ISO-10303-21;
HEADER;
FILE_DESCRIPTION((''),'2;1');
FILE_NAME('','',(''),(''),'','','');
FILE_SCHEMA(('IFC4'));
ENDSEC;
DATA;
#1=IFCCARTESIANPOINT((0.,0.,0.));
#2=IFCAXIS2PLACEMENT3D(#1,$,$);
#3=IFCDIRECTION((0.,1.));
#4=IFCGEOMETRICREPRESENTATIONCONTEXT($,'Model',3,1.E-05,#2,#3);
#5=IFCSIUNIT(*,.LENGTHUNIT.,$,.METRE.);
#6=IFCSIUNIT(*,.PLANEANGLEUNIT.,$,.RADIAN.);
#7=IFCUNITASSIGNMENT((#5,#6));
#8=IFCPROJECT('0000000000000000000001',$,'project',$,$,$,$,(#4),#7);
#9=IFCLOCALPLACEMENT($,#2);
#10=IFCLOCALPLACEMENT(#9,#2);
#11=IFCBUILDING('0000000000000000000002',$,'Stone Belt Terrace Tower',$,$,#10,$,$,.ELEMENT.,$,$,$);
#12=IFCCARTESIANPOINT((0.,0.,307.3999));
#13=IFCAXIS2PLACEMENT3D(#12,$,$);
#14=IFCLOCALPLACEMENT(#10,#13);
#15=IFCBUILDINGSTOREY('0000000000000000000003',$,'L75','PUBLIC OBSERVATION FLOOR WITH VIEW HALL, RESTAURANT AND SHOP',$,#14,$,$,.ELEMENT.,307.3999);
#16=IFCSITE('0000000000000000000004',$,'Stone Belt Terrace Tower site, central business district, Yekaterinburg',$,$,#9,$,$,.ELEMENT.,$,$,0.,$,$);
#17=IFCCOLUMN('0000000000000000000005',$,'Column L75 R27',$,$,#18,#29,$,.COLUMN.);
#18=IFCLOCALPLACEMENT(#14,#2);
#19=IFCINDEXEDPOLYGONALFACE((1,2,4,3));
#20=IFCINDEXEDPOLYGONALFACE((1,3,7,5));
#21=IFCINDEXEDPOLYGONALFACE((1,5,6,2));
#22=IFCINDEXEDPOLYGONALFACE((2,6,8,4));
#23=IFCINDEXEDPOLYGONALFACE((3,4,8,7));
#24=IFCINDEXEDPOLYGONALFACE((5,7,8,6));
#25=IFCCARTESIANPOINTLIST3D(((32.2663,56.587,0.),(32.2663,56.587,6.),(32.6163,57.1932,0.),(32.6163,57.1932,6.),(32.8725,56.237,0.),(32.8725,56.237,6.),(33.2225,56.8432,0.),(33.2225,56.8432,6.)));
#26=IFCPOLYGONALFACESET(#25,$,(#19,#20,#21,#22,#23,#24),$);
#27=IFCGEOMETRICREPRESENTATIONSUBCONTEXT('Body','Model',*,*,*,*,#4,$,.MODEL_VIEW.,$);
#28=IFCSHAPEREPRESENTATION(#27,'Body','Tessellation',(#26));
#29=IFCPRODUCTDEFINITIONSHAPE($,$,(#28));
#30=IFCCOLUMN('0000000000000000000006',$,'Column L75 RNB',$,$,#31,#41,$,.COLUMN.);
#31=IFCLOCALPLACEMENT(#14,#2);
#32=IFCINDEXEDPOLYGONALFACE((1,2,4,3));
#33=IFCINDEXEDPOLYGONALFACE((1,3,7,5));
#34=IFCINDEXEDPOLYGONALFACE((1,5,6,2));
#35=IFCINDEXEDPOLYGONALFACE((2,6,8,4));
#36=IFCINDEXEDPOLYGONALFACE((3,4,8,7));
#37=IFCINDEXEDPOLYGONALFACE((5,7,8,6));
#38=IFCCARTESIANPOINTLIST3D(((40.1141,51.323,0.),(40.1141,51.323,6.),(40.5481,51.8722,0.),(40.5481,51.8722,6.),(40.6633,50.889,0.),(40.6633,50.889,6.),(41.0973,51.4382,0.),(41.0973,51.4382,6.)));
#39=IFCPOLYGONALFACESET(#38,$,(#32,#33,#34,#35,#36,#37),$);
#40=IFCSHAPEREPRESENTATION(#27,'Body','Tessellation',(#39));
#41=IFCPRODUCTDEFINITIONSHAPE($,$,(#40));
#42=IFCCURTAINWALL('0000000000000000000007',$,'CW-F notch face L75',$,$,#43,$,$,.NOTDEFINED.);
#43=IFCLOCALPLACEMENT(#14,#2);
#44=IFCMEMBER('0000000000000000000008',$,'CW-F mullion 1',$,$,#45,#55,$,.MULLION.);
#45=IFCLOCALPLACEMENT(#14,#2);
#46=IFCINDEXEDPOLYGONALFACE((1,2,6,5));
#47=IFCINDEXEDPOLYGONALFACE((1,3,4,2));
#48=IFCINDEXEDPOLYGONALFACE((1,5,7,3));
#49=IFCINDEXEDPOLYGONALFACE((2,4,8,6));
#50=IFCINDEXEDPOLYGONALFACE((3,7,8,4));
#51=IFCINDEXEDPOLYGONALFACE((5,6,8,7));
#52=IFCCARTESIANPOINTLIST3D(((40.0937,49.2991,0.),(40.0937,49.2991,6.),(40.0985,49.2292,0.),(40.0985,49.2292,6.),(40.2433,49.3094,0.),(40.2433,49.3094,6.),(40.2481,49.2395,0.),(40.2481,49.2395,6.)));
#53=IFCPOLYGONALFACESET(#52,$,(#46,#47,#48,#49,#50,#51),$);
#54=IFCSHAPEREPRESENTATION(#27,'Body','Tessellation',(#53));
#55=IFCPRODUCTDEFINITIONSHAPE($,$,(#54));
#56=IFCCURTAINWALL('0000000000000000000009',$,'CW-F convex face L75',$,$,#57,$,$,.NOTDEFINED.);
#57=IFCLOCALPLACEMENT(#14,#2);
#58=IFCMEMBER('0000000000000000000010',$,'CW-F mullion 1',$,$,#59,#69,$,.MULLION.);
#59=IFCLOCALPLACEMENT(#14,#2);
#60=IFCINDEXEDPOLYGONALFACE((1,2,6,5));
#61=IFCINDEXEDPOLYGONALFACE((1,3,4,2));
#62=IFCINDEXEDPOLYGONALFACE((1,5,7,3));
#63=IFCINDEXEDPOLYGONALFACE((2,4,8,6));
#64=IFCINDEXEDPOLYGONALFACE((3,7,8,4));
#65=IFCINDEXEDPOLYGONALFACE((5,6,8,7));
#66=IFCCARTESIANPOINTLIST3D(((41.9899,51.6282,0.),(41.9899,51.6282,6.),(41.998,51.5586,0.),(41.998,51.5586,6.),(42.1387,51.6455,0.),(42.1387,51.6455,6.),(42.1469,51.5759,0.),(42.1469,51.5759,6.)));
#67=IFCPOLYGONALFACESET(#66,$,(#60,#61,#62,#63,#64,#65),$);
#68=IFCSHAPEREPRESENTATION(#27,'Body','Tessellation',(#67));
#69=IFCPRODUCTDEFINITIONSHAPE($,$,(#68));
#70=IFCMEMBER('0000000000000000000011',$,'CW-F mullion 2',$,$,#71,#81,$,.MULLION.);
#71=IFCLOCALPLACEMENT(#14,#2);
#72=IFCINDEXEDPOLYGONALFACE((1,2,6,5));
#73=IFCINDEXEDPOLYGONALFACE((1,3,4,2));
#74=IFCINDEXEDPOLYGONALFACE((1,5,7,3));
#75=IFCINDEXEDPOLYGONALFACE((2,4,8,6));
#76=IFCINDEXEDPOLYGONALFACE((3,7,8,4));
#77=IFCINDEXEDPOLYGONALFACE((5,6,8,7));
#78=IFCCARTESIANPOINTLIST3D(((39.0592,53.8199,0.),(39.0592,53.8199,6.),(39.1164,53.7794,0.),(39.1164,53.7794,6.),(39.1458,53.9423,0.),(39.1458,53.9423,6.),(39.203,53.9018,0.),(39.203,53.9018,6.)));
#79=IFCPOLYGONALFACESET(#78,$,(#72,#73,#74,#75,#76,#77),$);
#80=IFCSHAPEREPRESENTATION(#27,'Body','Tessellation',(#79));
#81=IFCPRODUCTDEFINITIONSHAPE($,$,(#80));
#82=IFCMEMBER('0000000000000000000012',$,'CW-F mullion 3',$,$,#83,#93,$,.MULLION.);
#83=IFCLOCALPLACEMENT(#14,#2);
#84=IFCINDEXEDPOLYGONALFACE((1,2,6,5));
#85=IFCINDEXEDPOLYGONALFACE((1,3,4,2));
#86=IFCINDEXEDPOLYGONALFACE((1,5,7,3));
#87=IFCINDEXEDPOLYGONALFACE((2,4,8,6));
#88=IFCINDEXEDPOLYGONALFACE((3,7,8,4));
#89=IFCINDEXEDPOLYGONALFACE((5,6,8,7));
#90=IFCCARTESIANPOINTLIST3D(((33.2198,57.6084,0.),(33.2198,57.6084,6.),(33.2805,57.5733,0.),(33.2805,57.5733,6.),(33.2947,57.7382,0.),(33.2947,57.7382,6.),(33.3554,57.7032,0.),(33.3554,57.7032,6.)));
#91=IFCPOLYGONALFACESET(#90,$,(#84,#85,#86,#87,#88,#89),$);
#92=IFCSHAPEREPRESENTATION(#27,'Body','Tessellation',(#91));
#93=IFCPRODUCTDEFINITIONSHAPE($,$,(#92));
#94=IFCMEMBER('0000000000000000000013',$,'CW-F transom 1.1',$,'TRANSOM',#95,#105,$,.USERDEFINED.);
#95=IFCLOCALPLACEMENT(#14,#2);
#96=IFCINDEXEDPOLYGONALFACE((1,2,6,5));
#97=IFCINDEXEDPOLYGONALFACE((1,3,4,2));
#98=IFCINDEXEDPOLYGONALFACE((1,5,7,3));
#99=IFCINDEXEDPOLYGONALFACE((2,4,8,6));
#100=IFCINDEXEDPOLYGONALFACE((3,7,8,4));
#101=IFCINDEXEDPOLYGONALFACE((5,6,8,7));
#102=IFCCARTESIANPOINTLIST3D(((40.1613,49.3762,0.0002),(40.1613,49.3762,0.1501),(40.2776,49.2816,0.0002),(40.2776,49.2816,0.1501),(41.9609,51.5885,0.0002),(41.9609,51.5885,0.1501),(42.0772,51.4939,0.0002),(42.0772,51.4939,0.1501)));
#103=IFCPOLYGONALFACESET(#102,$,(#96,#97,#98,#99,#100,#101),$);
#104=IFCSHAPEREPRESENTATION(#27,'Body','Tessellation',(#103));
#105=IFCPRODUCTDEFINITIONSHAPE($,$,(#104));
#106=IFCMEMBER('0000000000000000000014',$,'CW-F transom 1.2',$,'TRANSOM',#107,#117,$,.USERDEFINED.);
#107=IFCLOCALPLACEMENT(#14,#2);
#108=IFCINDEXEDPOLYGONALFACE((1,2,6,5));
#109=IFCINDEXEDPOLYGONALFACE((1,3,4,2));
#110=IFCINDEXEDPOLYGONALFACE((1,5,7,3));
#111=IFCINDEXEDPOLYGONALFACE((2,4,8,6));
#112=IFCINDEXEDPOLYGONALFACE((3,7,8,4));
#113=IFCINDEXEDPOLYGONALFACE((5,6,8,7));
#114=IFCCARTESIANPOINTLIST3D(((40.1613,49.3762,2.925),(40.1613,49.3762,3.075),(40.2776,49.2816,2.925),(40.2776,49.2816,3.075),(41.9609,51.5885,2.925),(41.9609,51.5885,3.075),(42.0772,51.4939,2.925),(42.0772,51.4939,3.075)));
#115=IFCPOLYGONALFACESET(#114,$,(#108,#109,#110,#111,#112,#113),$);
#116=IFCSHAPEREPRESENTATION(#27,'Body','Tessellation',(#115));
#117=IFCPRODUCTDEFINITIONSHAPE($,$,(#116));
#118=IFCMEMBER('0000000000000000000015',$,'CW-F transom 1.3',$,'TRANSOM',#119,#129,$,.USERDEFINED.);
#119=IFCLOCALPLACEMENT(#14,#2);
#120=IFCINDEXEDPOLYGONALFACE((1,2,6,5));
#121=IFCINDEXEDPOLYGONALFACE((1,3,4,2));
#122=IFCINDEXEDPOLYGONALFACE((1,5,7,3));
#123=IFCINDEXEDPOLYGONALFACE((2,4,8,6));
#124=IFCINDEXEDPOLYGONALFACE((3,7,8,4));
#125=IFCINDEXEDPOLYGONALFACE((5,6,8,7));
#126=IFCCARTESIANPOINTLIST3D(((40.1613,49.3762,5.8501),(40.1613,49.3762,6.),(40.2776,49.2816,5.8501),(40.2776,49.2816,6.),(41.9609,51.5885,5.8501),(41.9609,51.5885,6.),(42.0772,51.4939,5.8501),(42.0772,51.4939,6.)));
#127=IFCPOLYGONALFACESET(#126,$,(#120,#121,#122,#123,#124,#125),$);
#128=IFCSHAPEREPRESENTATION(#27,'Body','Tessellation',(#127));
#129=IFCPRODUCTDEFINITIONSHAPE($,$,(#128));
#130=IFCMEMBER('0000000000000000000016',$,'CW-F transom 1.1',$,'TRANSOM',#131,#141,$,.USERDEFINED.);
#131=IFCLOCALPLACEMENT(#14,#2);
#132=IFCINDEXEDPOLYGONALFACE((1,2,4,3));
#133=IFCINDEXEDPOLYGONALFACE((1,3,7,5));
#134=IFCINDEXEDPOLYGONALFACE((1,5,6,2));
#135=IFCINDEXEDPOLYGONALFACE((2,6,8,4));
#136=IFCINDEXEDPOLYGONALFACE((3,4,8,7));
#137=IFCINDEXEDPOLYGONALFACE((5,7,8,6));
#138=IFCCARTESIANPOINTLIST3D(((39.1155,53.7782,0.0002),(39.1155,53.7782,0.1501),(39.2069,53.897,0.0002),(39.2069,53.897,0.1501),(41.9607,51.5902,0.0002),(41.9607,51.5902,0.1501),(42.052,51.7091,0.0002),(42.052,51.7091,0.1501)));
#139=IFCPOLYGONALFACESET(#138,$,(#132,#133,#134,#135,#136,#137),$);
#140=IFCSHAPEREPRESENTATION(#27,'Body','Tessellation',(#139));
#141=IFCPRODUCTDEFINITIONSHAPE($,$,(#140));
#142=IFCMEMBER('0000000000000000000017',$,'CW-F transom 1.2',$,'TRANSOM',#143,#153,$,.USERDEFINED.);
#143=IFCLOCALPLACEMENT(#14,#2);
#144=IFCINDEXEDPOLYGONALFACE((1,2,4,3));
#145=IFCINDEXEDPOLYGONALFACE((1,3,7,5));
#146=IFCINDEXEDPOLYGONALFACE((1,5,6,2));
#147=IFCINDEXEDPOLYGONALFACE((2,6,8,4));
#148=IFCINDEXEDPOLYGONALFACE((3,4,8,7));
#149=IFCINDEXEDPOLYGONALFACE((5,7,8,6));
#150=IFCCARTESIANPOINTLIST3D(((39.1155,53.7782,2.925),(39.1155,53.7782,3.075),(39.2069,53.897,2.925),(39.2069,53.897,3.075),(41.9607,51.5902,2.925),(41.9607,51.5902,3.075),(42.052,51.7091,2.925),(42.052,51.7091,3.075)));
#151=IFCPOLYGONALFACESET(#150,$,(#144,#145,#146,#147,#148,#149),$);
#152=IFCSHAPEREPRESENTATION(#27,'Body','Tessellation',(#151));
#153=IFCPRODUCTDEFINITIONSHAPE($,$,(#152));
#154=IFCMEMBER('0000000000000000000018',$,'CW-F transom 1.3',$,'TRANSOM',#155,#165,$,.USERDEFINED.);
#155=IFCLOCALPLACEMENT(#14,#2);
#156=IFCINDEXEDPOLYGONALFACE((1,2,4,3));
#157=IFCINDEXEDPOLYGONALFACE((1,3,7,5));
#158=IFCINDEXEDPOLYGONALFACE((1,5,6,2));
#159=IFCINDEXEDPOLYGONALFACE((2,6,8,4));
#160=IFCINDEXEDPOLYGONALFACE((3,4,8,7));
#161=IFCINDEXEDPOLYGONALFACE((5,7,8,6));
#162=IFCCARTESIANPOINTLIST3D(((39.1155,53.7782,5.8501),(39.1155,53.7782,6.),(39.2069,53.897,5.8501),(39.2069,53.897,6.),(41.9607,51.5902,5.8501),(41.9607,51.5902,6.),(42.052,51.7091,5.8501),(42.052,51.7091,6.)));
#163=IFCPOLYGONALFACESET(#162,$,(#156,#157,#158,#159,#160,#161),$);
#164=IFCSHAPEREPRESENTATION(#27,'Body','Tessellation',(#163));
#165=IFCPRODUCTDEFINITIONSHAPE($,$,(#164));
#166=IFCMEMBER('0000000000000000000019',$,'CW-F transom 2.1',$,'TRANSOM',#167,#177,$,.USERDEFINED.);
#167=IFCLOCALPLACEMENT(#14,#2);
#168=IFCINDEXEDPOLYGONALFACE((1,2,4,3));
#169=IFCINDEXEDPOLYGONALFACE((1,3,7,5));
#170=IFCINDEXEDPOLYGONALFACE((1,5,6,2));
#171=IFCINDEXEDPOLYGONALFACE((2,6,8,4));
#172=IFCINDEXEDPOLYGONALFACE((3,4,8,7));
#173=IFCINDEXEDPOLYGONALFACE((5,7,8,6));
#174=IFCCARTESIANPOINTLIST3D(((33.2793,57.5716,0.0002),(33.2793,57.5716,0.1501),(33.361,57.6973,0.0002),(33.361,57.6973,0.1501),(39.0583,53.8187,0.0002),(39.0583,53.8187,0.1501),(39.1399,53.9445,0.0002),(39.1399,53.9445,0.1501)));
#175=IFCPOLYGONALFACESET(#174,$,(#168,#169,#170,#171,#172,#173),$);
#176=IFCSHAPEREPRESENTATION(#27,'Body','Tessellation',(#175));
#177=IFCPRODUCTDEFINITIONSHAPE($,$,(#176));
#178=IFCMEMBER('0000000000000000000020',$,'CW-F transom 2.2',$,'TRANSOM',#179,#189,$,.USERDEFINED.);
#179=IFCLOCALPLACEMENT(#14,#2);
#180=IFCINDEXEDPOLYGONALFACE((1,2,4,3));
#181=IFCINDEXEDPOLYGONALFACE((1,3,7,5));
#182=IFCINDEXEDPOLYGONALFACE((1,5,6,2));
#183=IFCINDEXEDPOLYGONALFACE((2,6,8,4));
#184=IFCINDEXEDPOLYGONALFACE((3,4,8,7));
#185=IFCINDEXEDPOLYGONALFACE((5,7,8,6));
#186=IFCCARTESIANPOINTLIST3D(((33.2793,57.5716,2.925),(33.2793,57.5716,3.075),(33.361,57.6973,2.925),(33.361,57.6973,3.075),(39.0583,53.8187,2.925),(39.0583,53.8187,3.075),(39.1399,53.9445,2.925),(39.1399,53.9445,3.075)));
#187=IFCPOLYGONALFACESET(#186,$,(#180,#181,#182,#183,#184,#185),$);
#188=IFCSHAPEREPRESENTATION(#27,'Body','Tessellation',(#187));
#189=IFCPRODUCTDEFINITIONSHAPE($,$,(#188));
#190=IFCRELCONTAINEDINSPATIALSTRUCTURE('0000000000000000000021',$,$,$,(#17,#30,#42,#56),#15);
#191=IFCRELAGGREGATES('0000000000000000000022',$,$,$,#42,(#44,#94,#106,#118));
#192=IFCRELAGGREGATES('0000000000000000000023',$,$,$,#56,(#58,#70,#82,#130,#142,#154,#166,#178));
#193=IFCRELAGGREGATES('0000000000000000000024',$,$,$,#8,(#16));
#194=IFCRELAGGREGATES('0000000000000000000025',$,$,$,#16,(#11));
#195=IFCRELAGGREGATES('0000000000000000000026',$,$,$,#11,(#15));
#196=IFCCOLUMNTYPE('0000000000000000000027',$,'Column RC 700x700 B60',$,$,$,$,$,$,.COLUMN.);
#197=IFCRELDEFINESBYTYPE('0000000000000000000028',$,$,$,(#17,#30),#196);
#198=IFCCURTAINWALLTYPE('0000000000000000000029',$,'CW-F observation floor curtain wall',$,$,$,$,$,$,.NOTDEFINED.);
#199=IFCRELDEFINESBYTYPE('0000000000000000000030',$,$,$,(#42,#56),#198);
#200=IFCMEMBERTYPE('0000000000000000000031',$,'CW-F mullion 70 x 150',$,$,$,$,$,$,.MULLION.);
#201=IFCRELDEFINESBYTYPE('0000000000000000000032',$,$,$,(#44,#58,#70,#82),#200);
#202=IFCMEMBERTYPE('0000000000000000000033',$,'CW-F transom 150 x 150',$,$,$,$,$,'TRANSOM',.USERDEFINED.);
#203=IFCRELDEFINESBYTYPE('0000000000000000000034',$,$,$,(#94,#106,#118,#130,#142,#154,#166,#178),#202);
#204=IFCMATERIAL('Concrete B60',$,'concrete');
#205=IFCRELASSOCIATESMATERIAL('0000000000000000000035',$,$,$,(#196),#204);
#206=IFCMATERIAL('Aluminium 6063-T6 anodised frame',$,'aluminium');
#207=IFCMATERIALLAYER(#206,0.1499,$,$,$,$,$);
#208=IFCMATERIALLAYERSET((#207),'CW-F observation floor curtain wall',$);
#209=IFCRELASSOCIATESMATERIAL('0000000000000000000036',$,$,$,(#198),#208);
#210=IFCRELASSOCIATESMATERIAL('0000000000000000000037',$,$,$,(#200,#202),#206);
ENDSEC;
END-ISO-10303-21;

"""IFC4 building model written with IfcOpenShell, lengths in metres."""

from ifc_helpers import new_model, si_unit, direction, frame, origin, origin_2d, place, context, subcontext, project, spatial, rectangle, extrude, material, layer, layer_set, material_profile, profile_set, type_object, element, aggregate, save


model = new_model("IFC4")

# Units and contexts
model_context = context("Model", 3, precision=1e-05, world=origin(), true_north=direction((0.0, 1.0)))
body_context = subcontext(model_context, "Body", "Model", "MODEL_VIEW")
ifc_project = project(units=[si_unit("LENGTHUNIT", "METRE"), si_unit("PLANEANGLEUNIT", "RADIAN")], contexts=[model_context])

# Site, building, storey
site_placement = place(None, origin())
site = spatial("IfcSite", under=ifc_project, at=site_placement, Name="Stone Belt Terrace Tower site, central business district, Yekaterinburg", CompositionType="ELEMENT", RefElevation=0.0)
building_placement = place(site_placement, origin())
building = spatial("IfcBuilding", under=site, at=building_placement, Name="Stone Belt Terrace Tower", CompositionType="ELEMENT")
storey_placement = place(building_placement, frame((0.0, 0.0, 307.3999)))
storey = spatial("IfcBuildingStorey", under=building, at=storey_placement, Name="L75", Description="PUBLIC OBSERVATION FLOOR WITH VIEW HALL, RESTAURANT AND SHOP", CompositionType="ELEMENT", Elevation=307.3999)

# Columns
ifc_material_1 = material(Name="Concrete B60", Category="concrete")
ifc_material_profile_1 = material_profile(ifc_material_1, rectangle(XDim=0.7, YDim=0.7, at=origin_2d()), Name="RC 700x700")
ifc_profile_set_1 = profile_set([ifc_material_profile_1], Name="Concrete B60")
column_type = type_object("IfcColumnType", Name="Column RC 700x700 B60", PredefinedType="COLUMN", material=ifc_profile_set_1)
for number, where, z_axis, x_axis, name in (
    (1, (32.7444, 56.7151, 0.0), (0.0, 0.0, 1.0), (0.866025, -0.5, 0.0), "Column L75 R27"),
    (2, (40.6057, 51.3806, 0.0), (0.0, 0.0, 1.0), (0.78457, -0.620041, 0.0), "Column L75 RNB"),
):
    element("IfcColumn", number, at=place(storey_placement, frame(where, z_axis=z_axis, x_axis=x_axis)), inside=storey, type_object=column_type, Name=name, PredefinedType="COLUMN", context=body_context, shape_type="SweptSolid", body=[
        extrude(rectangle(XDim=0.7, YDim=0.7, at=origin_2d()), origin(), (0.0, 0.0, 1.0), 6.0),
    ])

# Curtain wall, member
ifc_material_2 = material(Name="Aluminium 6063-T6 anodised frame", Category="aluminium")
ifc_layer_1 = layer(ifc_material_2, 0.1499)
ifc_layer_set_1 = layer_set([ifc_layer_1], Name="CW-F observation floor curtain wall")
curtain_wall_type = type_object("IfcCurtainWallType", Name="CW-F observation floor curtain wall", PredefinedType="NOTDEFINED", material=ifc_layer_set_1)
curtain_wall_1_placement = place(storey_placement, origin())
curtain_wall_1 = element("IfcCurtainWall", 3, at=curtain_wall_1_placement, inside=storey, type_object=curtain_wall_type, Name="CW-F notch face L75", PredefinedType="NOTDEFINED")
ifc_material_profile_2 = material_profile(ifc_material_2, rectangle(XDim=0.1499, YDim=0.0701, at=origin_2d()), Name="Aluminium 6063-T6 70x150")
ifc_profile_set_2 = profile_set([ifc_material_profile_2], Name="Aluminium 6063-T6 anodised frame")
member_type_1 = type_object("IfcMemberType", Name="CW-F mullion 70 x 150", PredefinedType="MULLION", material=ifc_profile_set_2)
member_1_placement = place(storey_placement, frame((40.1709, 49.2693, 0.0), z_axis=(0.0, 0.0, 1.0), x_axis=(-0.99764, -0.068666, 0.0)))
member_1 = element("IfcMember", 4, at=member_1_placement, type_object=member_type_1, Name="CW-F mullion 1", PredefinedType="MULLION", context=body_context, shape_type="SweptSolid", body=[
    extrude(rectangle(XDim=0.1499, YDim=0.0701, at=origin_2d()), origin(), (0.0, 0.0, 1.0), 6.0),
])

# Curtain wall, members
curtain_wall_2_placement = place(storey_placement, origin())
curtain_wall_2 = element("IfcCurtainWall", 5, at=curtain_wall_2_placement, inside=storey, type_object=curtain_wall_type, Name="CW-F convex face L75", PredefinedType="NOTDEFINED")
member_2_placement = place(storey_placement, frame((42.0684, 51.6021, 0.0), z_axis=(0.0, 0.0, 1.0), x_axis=(-0.993258, -0.115925, 0.0)))
member_2 = element("IfcMember", 6, at=member_2_placement, type_object=member_type_1, Name="CW-F mullion 1", PredefinedType="MULLION", context=body_context, shape_type="SweptSolid", body=[
    extrude(rectangle(XDim=0.1499, YDim=0.0701, at=origin_2d()), origin(), (0.0, 0.0, 1.0), 6.0),
])
member_3_placement = place(storey_placement, frame((39.1311, 53.8608, 0.0), z_axis=(0.0, 0.0, 1.0), x_axis=(-0.577587, -0.816329, 0.0)))
member_3 = element("IfcMember", 7, at=member_3_placement, type_object=member_type_1, Name="CW-F mullion 2", PredefinedType="MULLION", context=body_context, shape_type="SweptSolid", body=[
    extrude(rectangle(XDim=0.1499, YDim=0.0701, at=origin_2d()), origin(), (0.0, 0.0, 1.0), 6.0),
])
member_4_placement = place(storey_placement, frame((33.2876, 57.6558, 0.0), z_axis=(0.0, 0.0, 1.0), x_axis=(-0.5, -0.866025, 0.0)))
member_4 = element("IfcMember", 8, at=member_4_placement, type_object=member_type_1, Name="CW-F mullion 3", PredefinedType="MULLION", context=body_context, shape_type="SweptSolid", body=[
    extrude(rectangle(XDim=0.1499, YDim=0.0701, at=origin_2d()), origin(), (0.0, 0.0, 1.0), 6.0),
])

# Members
ifc_material_profile_3 = material_profile(ifc_material_2, rectangle(XDim=0.1499, YDim=0.1499, at=origin_2d()), Name="Aluminium 6063-T6 150x150")
ifc_profile_set_3 = profile_set([ifc_material_profile_3], Name="Aluminium 6063-T6 anodised frame")
member_type_2 = type_object("IfcMemberType", Name="CW-F transom 150 x 150", ElementType="TRANSOM", PredefinedType="USERDEFINED", material=ifc_profile_set_3)
member_5_placement = place(storey_placement, frame((40.2195, 49.3289, 0.0752), z_axis=(0.631012, 0.775773, 0.0), x_axis=(-0.775773, 0.631012, 0.0)))
member_5 = element("IfcMember", 9, at=member_5_placement, type_object=member_type_2, Name="CW-F transom 1.1", ObjectType="TRANSOM", PredefinedType="USERDEFINED", context=body_context, shape_type="SweptSolid", body=[
    extrude(rectangle(XDim=0.1499, YDim=0.1499, at=origin_2d()), origin(), (0.0, 0.0, 1.0), 2.8518),
])
member_6_placement = place(storey_placement, frame((40.2195, 49.3289, 3.0), z_axis=(0.631012, 0.775773, 0.0), x_axis=(-0.775773, 0.631012, 0.0)))
member_6 = element("IfcMember", 10, at=member_6_placement, type_object=member_type_2, Name="CW-F transom 1.2", ObjectType="TRANSOM", PredefinedType="USERDEFINED", context=body_context, shape_type="SweptSolid", body=[
    extrude(rectangle(XDim=0.1499, YDim=0.1499, at=origin_2d()), origin(), (0.0, 0.0, 1.0), 2.8518),
])
member_7_placement = place(storey_placement, frame((40.2195, 49.3289, 5.925), z_axis=(0.631012, 0.775773, 0.0), x_axis=(-0.775773, 0.631012, 0.0)))
member_7 = element("IfcMember", 11, at=member_7_placement, type_object=member_type_2, Name="CW-F transom 1.3", ObjectType="TRANSOM", PredefinedType="USERDEFINED", context=body_context, shape_type="SweptSolid", body=[
    extrude(rectangle(XDim=0.1499, YDim=0.1499, at=origin_2d()), origin(), (0.0, 0.0, 1.0), 2.8518),
])
member_8_placement = place(storey_placement, frame((42.0063, 51.6497, 0.0752), z_axis=(-0.79271, 0.609599, 0.0), x_axis=(-0.609599, -0.79271, 0.0)))
member_8 = element("IfcMember", 12, at=member_8_placement, type_object=member_type_2, Name="CW-F transom 1.1", ObjectType="TRANSOM", PredefinedType="USERDEFINED", context=body_context, shape_type="SweptSolid", body=[
    extrude(rectangle(XDim=0.1499, YDim=0.1499, at=origin_2d()), origin(), (0.0, 0.0, 1.0), 3.5891),
])
member_9_placement = place(storey_placement, frame((42.0063, 51.6497, 3.0), z_axis=(-0.79271, 0.609599, 0.0), x_axis=(-0.609599, -0.79271, 0.0)))
member_9 = element("IfcMember", 13, at=member_9_placement, type_object=member_type_2, Name="CW-F transom 1.2", ObjectType="TRANSOM", PredefinedType="USERDEFINED", context=body_context, shape_type="SweptSolid", body=[
    extrude(rectangle(XDim=0.1499, YDim=0.1499, at=origin_2d()), origin(), (0.0, 0.0, 1.0), 3.5891),
])
member_10_placement = place(storey_placement, frame((42.0063, 51.6497, 5.925), z_axis=(-0.79271, 0.609599, 0.0), x_axis=(-0.609599, -0.79271, 0.0)))
member_10 = element("IfcMember", 14, at=member_10_placement, type_object=member_type_2, Name="CW-F transom 1.3", ObjectType="TRANSOM", PredefinedType="USERDEFINED", context=body_context, shape_type="SweptSolid", body=[
    extrude(rectangle(XDim=0.1499, YDim=0.1499, at=origin_2d()), origin(), (0.0, 0.0, 1.0), 3.5891),
])
member_11_placement = place(storey_placement, frame((39.0991, 53.8816, 0.0752), z_axis=(-0.838673, 0.544636, 0.0), x_axis=(-0.544636, -0.838673, 0.0)))
member_11 = element("IfcMember", 15, at=member_11_placement, type_object=member_type_2, Name="CW-F transom 2.1", ObjectType="TRANSOM", PredefinedType="USERDEFINED", context=body_context, shape_type="SweptSolid", body=[
    extrude(rectangle(XDim=0.1499, YDim=0.1499, at=origin_2d()), origin(), (0.0, 0.0, 1.0), 6.8906),
])
member_12_placement = place(storey_placement, frame((39.0991, 53.8816, 3.0), z_axis=(-0.838673, 0.544636, 0.0), x_axis=(-0.544636, -0.838673, 0.0)))
member_12 = element("IfcMember", 16, at=member_12_placement, type_object=member_type_2, Name="CW-F transom 2.2", ObjectType="TRANSOM", PredefinedType="USERDEFINED", context=body_context, shape_type="SweptSolid", body=[
    extrude(rectangle(XDim=0.1499, YDim=0.1499, at=origin_2d()), origin(), (0.0, 0.0, 1.0), 6.8906),
])

aggregate(curtain_wall_1, [member_1, member_5, member_6, member_7])
aggregate(curtain_wall_2, [member_2, member_3, member_4, member_8, member_9, member_10, member_11, member_12])

save(model, "model.ifc")
